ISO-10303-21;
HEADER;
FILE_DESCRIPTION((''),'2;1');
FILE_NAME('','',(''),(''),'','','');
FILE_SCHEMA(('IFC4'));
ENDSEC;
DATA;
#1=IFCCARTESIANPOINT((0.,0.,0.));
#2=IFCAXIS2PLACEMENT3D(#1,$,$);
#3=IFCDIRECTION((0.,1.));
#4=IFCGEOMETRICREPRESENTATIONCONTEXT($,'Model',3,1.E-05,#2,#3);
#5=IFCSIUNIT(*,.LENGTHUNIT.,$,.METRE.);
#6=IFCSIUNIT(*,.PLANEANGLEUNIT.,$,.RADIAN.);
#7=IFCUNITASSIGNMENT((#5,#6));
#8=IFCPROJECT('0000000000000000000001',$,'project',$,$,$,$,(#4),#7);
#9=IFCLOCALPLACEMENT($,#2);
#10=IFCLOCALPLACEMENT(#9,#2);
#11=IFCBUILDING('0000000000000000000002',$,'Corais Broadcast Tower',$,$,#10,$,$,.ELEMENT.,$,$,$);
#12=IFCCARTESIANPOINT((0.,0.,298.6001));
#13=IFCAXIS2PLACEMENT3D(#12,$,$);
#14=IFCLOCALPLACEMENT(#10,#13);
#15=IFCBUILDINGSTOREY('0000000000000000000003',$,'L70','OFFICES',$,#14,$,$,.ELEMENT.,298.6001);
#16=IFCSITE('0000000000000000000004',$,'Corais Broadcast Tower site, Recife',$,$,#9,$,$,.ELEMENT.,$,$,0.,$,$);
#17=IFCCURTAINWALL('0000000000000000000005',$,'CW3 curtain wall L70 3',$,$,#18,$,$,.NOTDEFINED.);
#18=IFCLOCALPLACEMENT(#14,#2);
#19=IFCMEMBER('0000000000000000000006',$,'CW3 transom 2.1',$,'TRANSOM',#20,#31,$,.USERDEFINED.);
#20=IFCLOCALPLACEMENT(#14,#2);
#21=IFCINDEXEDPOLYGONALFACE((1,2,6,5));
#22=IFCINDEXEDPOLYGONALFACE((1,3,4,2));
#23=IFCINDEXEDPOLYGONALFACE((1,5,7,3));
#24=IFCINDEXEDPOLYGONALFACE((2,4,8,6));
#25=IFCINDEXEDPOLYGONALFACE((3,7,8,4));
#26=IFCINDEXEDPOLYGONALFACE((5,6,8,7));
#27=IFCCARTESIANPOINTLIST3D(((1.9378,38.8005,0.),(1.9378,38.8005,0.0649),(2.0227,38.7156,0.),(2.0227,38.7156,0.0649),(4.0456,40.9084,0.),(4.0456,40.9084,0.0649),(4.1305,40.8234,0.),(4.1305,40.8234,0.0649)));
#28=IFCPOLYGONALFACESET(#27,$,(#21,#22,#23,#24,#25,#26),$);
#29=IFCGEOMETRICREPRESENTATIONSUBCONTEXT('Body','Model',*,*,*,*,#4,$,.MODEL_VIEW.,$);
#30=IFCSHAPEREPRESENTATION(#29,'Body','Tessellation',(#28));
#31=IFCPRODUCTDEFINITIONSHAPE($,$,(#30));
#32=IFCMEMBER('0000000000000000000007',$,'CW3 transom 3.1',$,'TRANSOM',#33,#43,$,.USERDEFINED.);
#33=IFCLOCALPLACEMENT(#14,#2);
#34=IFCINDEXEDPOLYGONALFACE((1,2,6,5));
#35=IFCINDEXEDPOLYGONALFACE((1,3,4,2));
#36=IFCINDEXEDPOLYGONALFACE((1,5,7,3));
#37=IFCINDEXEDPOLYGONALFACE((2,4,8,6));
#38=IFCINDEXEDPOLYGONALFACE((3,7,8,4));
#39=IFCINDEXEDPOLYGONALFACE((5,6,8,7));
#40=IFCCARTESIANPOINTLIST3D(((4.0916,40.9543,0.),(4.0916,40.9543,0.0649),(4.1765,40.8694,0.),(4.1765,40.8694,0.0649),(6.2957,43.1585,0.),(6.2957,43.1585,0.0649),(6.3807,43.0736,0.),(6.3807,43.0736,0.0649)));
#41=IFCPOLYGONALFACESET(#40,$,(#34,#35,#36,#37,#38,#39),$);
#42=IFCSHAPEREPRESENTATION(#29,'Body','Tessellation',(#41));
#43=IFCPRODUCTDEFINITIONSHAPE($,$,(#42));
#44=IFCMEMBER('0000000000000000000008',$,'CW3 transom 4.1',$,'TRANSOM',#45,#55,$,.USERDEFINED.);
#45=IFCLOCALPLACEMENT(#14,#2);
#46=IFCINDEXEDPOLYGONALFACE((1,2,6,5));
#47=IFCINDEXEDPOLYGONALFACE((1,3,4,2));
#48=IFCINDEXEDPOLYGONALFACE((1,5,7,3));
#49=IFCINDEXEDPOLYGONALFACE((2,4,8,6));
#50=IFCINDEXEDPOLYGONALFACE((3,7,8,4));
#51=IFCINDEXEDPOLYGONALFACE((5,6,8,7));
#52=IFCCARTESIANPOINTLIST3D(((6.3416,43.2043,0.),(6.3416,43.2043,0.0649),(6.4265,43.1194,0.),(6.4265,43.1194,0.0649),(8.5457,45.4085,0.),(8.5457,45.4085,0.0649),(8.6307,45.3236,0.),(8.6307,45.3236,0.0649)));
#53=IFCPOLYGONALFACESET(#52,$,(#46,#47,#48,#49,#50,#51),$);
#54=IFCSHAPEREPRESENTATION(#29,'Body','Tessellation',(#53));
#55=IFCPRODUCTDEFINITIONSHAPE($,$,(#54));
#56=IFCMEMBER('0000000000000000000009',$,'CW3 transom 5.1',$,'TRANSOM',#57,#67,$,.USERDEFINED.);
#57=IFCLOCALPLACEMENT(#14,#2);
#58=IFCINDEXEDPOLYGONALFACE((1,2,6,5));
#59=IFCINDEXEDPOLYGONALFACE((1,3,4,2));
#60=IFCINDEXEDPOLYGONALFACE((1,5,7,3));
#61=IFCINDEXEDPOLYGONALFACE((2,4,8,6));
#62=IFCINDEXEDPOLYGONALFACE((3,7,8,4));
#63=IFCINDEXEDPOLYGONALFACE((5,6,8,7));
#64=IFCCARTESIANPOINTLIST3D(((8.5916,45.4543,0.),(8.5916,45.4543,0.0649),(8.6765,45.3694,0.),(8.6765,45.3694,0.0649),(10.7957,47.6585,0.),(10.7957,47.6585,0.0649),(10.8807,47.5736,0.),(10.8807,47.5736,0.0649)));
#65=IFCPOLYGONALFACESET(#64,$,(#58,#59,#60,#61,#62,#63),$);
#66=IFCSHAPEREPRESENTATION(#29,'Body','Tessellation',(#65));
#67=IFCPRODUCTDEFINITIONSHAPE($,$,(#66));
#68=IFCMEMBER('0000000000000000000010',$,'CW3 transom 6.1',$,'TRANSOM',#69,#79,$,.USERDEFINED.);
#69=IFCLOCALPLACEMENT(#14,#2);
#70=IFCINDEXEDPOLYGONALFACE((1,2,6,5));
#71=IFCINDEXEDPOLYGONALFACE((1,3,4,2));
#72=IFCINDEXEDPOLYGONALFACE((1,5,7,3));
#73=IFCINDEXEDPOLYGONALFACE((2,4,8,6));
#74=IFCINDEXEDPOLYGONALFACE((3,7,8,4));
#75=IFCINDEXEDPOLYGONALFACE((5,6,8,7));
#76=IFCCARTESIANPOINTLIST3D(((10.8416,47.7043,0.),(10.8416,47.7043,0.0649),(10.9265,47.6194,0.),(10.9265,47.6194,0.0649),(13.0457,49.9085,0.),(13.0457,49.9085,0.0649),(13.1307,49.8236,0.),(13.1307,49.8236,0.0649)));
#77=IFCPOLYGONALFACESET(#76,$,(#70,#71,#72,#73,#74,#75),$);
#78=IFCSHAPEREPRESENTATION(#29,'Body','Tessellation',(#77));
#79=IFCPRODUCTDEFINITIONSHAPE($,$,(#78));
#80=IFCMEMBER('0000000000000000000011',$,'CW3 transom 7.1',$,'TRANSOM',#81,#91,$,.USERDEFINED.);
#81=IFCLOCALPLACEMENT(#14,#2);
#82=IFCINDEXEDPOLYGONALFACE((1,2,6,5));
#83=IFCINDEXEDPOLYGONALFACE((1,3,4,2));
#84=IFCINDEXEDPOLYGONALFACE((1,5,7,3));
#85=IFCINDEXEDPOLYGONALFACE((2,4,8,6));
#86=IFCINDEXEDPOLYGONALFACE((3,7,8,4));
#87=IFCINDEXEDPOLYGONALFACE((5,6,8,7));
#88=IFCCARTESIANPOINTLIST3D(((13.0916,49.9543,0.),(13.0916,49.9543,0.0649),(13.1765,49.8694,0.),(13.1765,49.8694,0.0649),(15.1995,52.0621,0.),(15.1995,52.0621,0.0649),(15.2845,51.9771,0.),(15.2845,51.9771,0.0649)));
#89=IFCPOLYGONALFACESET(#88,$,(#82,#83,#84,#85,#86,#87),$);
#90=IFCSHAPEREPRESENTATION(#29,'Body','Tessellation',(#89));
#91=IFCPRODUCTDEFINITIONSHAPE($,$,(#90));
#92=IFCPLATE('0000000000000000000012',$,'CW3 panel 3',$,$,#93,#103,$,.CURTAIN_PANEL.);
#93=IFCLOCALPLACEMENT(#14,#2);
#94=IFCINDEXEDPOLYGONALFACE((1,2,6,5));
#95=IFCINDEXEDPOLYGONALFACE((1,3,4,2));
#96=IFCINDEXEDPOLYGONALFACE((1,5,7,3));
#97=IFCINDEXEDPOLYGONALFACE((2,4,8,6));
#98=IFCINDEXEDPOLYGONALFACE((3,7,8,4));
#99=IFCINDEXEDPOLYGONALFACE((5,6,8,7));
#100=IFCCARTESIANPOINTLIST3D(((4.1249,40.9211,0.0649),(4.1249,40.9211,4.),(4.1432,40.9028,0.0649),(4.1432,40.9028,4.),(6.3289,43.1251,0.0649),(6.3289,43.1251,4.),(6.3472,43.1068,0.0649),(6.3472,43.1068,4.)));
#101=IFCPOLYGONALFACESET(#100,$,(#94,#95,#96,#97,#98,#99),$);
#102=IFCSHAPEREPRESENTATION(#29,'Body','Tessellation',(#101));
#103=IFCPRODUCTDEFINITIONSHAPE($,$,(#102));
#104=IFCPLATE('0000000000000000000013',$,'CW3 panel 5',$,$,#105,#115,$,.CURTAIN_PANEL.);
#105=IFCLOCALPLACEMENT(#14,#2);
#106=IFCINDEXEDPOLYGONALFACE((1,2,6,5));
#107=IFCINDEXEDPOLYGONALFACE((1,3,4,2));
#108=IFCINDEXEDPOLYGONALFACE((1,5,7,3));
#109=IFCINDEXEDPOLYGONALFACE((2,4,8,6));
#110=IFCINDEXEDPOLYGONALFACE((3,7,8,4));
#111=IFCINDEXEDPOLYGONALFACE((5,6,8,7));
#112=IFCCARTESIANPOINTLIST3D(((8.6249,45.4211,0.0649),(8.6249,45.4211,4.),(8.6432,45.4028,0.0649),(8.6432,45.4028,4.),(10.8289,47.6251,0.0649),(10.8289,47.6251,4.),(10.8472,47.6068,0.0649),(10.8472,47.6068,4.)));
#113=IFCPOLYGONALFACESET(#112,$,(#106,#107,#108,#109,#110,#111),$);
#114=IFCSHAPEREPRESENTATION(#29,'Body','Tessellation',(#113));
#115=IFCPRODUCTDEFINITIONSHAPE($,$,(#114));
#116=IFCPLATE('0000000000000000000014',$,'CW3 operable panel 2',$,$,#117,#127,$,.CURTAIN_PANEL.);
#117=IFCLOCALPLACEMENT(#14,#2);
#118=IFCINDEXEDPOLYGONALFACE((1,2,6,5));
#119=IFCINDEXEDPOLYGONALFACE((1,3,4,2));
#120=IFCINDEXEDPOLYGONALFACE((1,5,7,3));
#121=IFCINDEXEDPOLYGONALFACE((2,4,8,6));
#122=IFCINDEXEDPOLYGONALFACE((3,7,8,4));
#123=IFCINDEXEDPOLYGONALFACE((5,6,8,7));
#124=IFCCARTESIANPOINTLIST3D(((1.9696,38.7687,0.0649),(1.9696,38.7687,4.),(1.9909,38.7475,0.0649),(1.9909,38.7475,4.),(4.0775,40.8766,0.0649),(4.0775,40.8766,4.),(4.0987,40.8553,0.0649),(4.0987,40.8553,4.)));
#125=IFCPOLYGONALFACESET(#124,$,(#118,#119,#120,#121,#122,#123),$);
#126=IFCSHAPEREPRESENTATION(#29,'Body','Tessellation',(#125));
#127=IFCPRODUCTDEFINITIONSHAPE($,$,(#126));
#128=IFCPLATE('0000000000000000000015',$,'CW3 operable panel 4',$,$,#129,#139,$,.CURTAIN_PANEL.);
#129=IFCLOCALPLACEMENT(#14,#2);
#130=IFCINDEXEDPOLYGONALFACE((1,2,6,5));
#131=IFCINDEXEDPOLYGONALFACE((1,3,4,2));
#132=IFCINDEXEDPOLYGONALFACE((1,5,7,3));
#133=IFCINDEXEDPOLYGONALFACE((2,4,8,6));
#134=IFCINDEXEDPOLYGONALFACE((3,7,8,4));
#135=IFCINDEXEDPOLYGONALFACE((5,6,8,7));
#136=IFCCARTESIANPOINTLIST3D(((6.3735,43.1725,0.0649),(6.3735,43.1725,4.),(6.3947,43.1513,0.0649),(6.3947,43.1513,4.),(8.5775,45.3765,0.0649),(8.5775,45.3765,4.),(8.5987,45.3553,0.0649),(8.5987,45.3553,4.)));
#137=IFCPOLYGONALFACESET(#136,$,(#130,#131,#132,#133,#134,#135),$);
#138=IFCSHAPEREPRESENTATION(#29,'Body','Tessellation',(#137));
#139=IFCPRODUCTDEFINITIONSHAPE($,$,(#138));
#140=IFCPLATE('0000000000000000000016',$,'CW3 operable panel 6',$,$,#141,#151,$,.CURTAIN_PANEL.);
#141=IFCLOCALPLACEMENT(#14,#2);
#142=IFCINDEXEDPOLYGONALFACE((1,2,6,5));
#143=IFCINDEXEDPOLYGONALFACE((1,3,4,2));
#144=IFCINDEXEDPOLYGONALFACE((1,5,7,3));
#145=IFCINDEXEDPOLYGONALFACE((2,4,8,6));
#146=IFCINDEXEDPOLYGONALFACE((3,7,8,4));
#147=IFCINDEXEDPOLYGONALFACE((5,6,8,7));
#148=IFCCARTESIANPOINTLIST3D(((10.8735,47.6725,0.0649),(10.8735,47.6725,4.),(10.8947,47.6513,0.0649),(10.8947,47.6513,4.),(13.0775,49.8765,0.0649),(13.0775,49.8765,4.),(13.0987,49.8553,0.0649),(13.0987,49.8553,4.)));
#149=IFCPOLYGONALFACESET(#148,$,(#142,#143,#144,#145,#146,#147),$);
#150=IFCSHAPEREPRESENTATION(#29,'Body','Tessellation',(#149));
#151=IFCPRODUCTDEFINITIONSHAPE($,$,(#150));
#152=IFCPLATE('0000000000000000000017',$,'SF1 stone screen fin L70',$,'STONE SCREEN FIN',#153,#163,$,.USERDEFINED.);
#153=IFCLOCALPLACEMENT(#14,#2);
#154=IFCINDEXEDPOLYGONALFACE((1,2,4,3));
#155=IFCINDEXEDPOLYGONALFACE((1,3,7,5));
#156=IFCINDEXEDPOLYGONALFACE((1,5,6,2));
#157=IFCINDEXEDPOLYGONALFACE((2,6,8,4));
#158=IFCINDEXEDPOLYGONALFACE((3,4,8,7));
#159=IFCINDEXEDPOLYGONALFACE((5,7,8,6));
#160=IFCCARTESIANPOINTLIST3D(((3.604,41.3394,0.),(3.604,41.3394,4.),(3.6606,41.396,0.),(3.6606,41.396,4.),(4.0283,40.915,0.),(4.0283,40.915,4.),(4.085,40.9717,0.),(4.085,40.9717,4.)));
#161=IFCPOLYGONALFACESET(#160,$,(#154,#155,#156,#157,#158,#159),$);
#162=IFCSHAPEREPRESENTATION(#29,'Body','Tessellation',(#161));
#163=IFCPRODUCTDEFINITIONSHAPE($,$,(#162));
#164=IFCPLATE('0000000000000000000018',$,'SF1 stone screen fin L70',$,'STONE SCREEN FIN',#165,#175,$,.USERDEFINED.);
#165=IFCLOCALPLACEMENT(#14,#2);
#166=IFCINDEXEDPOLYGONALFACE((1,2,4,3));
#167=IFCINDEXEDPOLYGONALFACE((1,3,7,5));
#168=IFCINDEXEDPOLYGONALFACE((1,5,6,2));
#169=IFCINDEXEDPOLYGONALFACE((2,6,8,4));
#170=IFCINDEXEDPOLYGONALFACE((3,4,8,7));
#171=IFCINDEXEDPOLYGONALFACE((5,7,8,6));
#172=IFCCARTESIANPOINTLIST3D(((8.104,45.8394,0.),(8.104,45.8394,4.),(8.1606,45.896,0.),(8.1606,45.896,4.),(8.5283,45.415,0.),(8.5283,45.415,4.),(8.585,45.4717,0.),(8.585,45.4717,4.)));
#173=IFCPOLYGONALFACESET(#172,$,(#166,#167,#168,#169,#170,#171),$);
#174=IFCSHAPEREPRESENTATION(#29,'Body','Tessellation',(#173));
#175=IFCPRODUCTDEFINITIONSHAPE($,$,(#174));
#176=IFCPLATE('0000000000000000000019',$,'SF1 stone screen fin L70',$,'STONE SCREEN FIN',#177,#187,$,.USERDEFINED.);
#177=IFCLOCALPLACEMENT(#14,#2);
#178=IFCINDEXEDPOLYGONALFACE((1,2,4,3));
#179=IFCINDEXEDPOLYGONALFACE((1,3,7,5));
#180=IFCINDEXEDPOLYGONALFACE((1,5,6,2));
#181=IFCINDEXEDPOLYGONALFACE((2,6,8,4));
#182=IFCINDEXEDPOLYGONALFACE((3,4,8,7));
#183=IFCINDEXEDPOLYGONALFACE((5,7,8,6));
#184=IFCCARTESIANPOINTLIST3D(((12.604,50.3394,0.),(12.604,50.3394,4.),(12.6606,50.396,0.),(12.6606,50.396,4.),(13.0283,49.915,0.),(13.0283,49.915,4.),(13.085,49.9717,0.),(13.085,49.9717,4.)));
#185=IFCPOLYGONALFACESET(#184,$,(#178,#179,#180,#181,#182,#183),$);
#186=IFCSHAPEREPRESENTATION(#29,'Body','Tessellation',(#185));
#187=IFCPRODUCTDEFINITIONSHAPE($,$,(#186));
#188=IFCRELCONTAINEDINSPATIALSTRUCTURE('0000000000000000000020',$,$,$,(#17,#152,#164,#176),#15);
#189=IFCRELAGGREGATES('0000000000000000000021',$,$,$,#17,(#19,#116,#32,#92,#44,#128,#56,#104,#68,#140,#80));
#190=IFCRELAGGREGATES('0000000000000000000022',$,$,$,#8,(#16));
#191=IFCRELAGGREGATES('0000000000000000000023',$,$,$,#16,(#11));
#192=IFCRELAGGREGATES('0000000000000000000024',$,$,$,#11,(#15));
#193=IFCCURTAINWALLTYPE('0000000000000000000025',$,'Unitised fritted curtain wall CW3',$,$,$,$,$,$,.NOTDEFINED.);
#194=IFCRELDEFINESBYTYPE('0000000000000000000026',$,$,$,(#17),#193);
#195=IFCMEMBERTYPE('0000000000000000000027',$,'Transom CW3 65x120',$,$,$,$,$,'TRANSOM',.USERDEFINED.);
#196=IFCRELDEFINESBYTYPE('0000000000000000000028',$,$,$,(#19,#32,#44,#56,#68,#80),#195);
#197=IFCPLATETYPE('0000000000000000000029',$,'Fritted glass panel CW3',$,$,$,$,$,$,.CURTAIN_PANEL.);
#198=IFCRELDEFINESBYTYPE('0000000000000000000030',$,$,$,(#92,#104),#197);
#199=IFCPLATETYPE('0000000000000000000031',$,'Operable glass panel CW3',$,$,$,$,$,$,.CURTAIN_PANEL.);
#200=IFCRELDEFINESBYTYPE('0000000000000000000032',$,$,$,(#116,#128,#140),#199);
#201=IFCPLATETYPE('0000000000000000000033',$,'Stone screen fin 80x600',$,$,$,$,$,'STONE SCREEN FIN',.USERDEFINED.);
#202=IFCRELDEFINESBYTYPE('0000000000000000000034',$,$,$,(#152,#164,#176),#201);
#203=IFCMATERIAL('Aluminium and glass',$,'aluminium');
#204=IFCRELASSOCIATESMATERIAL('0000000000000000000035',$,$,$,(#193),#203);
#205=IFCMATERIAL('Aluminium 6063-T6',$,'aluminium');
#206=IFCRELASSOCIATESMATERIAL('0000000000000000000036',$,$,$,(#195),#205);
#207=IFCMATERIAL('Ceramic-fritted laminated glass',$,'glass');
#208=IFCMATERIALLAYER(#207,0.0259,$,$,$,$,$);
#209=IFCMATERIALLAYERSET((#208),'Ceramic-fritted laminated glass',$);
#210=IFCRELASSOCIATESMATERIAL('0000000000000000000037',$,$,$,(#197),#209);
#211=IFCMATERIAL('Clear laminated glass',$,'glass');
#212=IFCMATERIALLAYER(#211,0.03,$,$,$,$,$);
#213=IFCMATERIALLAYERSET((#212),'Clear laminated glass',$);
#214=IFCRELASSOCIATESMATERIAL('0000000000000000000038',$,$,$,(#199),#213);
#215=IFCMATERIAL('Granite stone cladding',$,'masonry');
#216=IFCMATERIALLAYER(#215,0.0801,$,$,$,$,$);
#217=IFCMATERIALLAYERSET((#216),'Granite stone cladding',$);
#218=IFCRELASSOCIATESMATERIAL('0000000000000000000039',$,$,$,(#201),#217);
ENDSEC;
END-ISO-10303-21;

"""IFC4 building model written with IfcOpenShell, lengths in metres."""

from ifc_helpers import new_model, si_unit, direction, frame, origin, origin_2d, place, context, subcontext, project, spatial, rectangle, extrude, material, layer, layer_set, material_profile, profile_set, type_object, element, aggregate, save


model = new_model("IFC4")

# Units and contexts
model_context = context("Model", 3, precision=1e-05, world=origin(), true_north=direction((0.0, 1.0)))
body_context = subcontext(model_context, "Body", "Model", "MODEL_VIEW")
ifc_project = project(units=[si_unit("LENGTHUNIT", "METRE"), si_unit("PLANEANGLEUNIT", "RADIAN")], contexts=[model_context])

# Site, building, storey
site_placement = place(None, origin())
site = spatial("IfcSite", under=ifc_project, at=site_placement, Name="Corais Broadcast Tower site, Recife", CompositionType="ELEMENT", RefElevation=0.0)
building_placement = place(site_placement, origin())
building = spatial("IfcBuilding", under=site, at=building_placement, Name="Corais Broadcast Tower", CompositionType="ELEMENT")
storey_placement = place(building_placement, frame((0.0, 0.0, 298.6001)))
storey = spatial("IfcBuildingStorey", under=building, at=storey_placement, Name="L70", Description="OFFICES", CompositionType="ELEMENT", Elevation=298.6001)

# Curtain wall
ifc_material_1 = material(Name="Aluminium and glass", Category="aluminium")
curtain_wall_type = type_object("IfcCurtainWallType", Name="Unitised fritted curtain wall CW3", PredefinedType="NOTDEFINED", material=ifc_material_1)
curtain_wall_placement = place(storey_placement, origin())
curtain_wall = element("IfcCurtainWall", 1, at=curtain_wall_placement, inside=storey, type_object=curtain_wall_type, Name="CW3 curtain wall L70 3", PredefinedType="NOTDEFINED")

# Members
ifc_material_2 = material(Name="Aluminium 6063-T6", Category="aluminium")
ifc_material_profile_1 = material_profile(ifc_material_2, rectangle(XDim=0.1201, YDim=0.0649, at=origin_2d()), Name="Transom CW3 65x120")
ifc_profile_set_1 = profile_set([ifc_material_profile_1], Name="Aluminium 6063-T6")
member_type_1 = type_object("IfcMemberType", Name="Transom CW3 65x120", ElementType="TRANSOM", PredefinedType="USERDEFINED", material=ifc_profile_set_1)
member_1_placement = place(storey_placement, frame((1.9802, 38.7581, 0.0325), z_axis=(0.707107, 0.707107, 0.0), x_axis=(-0.707107, 0.707107, 0.0)))
member_1 = element("IfcMember", 2, at=member_1_placement, type_object=member_type_1, Name="CW3 transom 2.1", ObjectType="TRANSOM", PredefinedType="USERDEFINED", context=body_context, shape_type="SweptSolid", body=[
    extrude(rectangle(XDim=0.1201, YDim=0.0649, at=origin_2d()), origin(), (0.0, 0.0, 1.0), 2.981),
])
member_2_placement = place(storey_placement, frame((4.134, 40.9119, 0.0325), z_axis=(0.707107, 0.707107, 0.0), x_axis=(-0.707107, 0.707107, 0.0)))
member_2 = element("IfcMember", 3, at=member_2_placement, type_object=member_type_1, Name="CW3 transom 3.1", ObjectType="TRANSOM", PredefinedType="USERDEFINED", context=body_context, shape_type="SweptSolid", body=[
    extrude(rectangle(XDim=0.1201, YDim=0.0649, at=origin_2d()), origin(), (0.0, 0.0, 1.0), 3.1172),
])
member_3_placement = place(storey_placement, frame((6.384, 43.1619, 0.0325), z_axis=(0.707107, 0.707107, 0.0), x_axis=(-0.707107, 0.707107, 0.0)))
member_3 = element("IfcMember", 4, at=member_3_placement, type_object=member_type_1, Name="CW3 transom 4.1", ObjectType="TRANSOM", PredefinedType="USERDEFINED", context=body_context, shape_type="SweptSolid", body=[
    extrude(rectangle(XDim=0.1201, YDim=0.0649, at=origin_2d()), origin(), (0.0, 0.0, 1.0), 3.1172),
])
member_4_placement = place(storey_placement, frame((8.634, 45.4119, 0.0325), z_axis=(0.707107, 0.707107, 0.0), x_axis=(-0.707107, 0.707107, 0.0)))
member_4 = element("IfcMember", 5, at=member_4_placement, type_object=member_type_1, Name="CW3 transom 5.1", ObjectType="TRANSOM", PredefinedType="USERDEFINED", context=body_context, shape_type="SweptSolid", body=[
    extrude(rectangle(XDim=0.1201, YDim=0.0649, at=origin_2d()), origin(), (0.0, 0.0, 1.0), 3.1172),
])
member_5_placement = place(storey_placement, frame((10.884, 47.6619, 0.0325), z_axis=(0.707107, 0.707107, 0.0), x_axis=(-0.707107, 0.707107, 0.0)))
member_5 = element("IfcMember", 6, at=member_5_placement, type_object=member_type_1, Name="CW3 transom 6.1", ObjectType="TRANSOM", PredefinedType="USERDEFINED", context=body_context, shape_type="SweptSolid", body=[
    extrude(rectangle(XDim=0.1201, YDim=0.0649, at=origin_2d()), origin(), (0.0, 0.0, 1.0), 3.1172),
])
member_6_placement = place(storey_placement, frame((13.134, 49.9119, 0.0325), z_axis=(0.707148, 0.707066, 0.0), x_axis=(-0.707066, 0.707148, 0.0)))
member_6 = element("IfcMember", 7, at=member_6_placement, type_object=member_type_1, Name="CW3 transom 7.1", ObjectType="TRANSOM", PredefinedType="USERDEFINED", context=body_context, shape_type="SweptSolid", body=[
    extrude(rectangle(XDim=0.1201, YDim=0.0649, at=origin_2d()), origin(), (0.0, 0.0, 1.0), 2.981),
])

# Plates
ifc_material_3 = material(Name="Ceramic-fritted laminated glass", Category="glass")
ifc_layer_1 = layer(ifc_material_3, 0.0259)
ifc_layer_set_1 = layer_set([ifc_layer_1], Name="Ceramic-fritted laminated glass")
plate_type_1 = type_object("IfcPlateType", Name="Fritted glass panel CW3", PredefinedType="CURTAIN_PANEL", material=ifc_layer_set_1)
plate_1_placement = place(storey_placement, frame((5.2361, 42.0139, 0.0649), z_axis=(0.0, 0.0, 1.0), x_axis=(0.707107, 0.707107, 0.0)))
plate_1 = element("IfcPlate", 8, at=plate_1_placement, type_object=plate_type_1, Name="CW3 panel 3", PredefinedType="CURTAIN_PANEL", context=body_context, shape_type="SweptSolid", body=[
    extrude(rectangle(XDim=3.1169, YDim=0.0259, at=origin_2d()), origin(), (0.0, 0.0, 1.0), 3.9351),
])
plate_2_placement = place(storey_placement, frame((9.7361, 46.5139, 0.0649), z_axis=(0.0, 0.0, 1.0), x_axis=(0.707107, 0.707107, 0.0)))
plate_2 = element("IfcPlate", 9, at=plate_2_placement, type_object=plate_type_1, Name="CW3 panel 5", PredefinedType="CURTAIN_PANEL", context=body_context, shape_type="SweptSolid", body=[
    extrude(rectangle(XDim=3.1169, YDim=0.0259, at=origin_2d()), origin(), (0.0, 0.0, 1.0), 3.9351),
])
ifc_material_4 = material(Name="Clear laminated glass", Category="glass")
ifc_layer_2 = layer(ifc_material_4, 0.03)
ifc_layer_set_2 = layer_set([ifc_layer_2], Name="Clear laminated glass")
plate_type_2 = type_object("IfcPlateType", Name="Operable glass panel CW3", PredefinedType="CURTAIN_PANEL", material=ifc_layer_set_2)
plate_3_placement = place(storey_placement, frame((3.0342, 39.812, 0.0649), z_axis=(0.0, 0.0, 1.0), x_axis=(0.707107, 0.707107, 0.0)))
plate_3 = element("IfcPlate", 10, at=plate_3_placement, type_object=plate_type_2, Name="CW3 operable panel 2", PredefinedType="CURTAIN_PANEL", context=body_context, shape_type="SweptSolid", body=[
    extrude(rectangle(XDim=2.981, YDim=0.03, at=origin_2d()), origin(), (0.0, 0.0, 1.0), 3.9351),
])
plate_4_placement = place(storey_placement, frame((7.4861, 44.2639, 0.0649), z_axis=(0.0, 0.0, 1.0), x_axis=(0.707107, 0.707107, 0.0)))
plate_4 = element("IfcPlate", 11, at=plate_4_placement, type_object=plate_type_2, Name="CW3 operable panel 4", PredefinedType="CURTAIN_PANEL", context=body_context, shape_type="SweptSolid", body=[
    extrude(rectangle(XDim=3.1169, YDim=0.03, at=origin_2d()), origin(), (0.0, 0.0, 1.0), 3.9351),
])
plate_5_placement = place(storey_placement, frame((11.9861, 48.7639, 0.0649), z_axis=(0.0, 0.0, 1.0), x_axis=(0.707107, 0.707107, 0.0)))
plate_5 = element("IfcPlate", 12, at=plate_5_placement, type_object=plate_type_2, Name="CW3 operable panel 6", PredefinedType="CURTAIN_PANEL", context=body_context, shape_type="SweptSolid", body=[
    extrude(rectangle(XDim=3.1169, YDim=0.03, at=origin_2d()), origin(), (0.0, 0.0, 1.0), 3.9351),
])
aggregate(curtain_wall, [member_1, plate_3, member_2, plate_1, member_3, plate_4, member_4, plate_2, member_5, plate_5, member_6])

# Plates
ifc_material_5 = material(Name="Granite stone cladding", Category="masonry")
ifc_layer_3 = layer(ifc_material_5, 0.0801)
ifc_layer_set_3 = layer_set([ifc_layer_3], Name="Granite stone cladding")
plate_type_3 = type_object("IfcPlateType", Name="Stone screen fin 80x600", ElementType="STONE SCREEN FIN", PredefinedType="USERDEFINED", material=ifc_layer_set_3)
for number, where, z_axis, x_axis, name in (
    (13, (3.8445, 41.1555, 0.0), (0.0, 0.0, 1.0), (0.707107, 0.707107, 0.0), "SF1 stone screen fin L70"),
    (14, (8.3445, 45.6555, 0.0), (0.0, 0.0, 1.0), (0.707107, 0.707107, 0.0), "SF1 stone screen fin L70"),
    (15, (12.8445, 50.1555, 0.0), (0.0, 0.0, 1.0), (0.707107, 0.707107, 0.0), "SF1 stone screen fin L70"),
):
    element("IfcPlate", number, at=place(storey_placement, frame(where, z_axis=z_axis, x_axis=x_axis)), inside=storey, type_object=plate_type_3, Name=name, ObjectType="STONE SCREEN FIN", PredefinedType="USERDEFINED", context=body_context, shape_type="SweptSolid", body=[
        extrude(rectangle(XDim=0.0801, YDim=0.6001, at=origin_2d()), origin(), (0.0, 0.0, 1.0), 4.0),
    ])

save(model, "model.ifc")
